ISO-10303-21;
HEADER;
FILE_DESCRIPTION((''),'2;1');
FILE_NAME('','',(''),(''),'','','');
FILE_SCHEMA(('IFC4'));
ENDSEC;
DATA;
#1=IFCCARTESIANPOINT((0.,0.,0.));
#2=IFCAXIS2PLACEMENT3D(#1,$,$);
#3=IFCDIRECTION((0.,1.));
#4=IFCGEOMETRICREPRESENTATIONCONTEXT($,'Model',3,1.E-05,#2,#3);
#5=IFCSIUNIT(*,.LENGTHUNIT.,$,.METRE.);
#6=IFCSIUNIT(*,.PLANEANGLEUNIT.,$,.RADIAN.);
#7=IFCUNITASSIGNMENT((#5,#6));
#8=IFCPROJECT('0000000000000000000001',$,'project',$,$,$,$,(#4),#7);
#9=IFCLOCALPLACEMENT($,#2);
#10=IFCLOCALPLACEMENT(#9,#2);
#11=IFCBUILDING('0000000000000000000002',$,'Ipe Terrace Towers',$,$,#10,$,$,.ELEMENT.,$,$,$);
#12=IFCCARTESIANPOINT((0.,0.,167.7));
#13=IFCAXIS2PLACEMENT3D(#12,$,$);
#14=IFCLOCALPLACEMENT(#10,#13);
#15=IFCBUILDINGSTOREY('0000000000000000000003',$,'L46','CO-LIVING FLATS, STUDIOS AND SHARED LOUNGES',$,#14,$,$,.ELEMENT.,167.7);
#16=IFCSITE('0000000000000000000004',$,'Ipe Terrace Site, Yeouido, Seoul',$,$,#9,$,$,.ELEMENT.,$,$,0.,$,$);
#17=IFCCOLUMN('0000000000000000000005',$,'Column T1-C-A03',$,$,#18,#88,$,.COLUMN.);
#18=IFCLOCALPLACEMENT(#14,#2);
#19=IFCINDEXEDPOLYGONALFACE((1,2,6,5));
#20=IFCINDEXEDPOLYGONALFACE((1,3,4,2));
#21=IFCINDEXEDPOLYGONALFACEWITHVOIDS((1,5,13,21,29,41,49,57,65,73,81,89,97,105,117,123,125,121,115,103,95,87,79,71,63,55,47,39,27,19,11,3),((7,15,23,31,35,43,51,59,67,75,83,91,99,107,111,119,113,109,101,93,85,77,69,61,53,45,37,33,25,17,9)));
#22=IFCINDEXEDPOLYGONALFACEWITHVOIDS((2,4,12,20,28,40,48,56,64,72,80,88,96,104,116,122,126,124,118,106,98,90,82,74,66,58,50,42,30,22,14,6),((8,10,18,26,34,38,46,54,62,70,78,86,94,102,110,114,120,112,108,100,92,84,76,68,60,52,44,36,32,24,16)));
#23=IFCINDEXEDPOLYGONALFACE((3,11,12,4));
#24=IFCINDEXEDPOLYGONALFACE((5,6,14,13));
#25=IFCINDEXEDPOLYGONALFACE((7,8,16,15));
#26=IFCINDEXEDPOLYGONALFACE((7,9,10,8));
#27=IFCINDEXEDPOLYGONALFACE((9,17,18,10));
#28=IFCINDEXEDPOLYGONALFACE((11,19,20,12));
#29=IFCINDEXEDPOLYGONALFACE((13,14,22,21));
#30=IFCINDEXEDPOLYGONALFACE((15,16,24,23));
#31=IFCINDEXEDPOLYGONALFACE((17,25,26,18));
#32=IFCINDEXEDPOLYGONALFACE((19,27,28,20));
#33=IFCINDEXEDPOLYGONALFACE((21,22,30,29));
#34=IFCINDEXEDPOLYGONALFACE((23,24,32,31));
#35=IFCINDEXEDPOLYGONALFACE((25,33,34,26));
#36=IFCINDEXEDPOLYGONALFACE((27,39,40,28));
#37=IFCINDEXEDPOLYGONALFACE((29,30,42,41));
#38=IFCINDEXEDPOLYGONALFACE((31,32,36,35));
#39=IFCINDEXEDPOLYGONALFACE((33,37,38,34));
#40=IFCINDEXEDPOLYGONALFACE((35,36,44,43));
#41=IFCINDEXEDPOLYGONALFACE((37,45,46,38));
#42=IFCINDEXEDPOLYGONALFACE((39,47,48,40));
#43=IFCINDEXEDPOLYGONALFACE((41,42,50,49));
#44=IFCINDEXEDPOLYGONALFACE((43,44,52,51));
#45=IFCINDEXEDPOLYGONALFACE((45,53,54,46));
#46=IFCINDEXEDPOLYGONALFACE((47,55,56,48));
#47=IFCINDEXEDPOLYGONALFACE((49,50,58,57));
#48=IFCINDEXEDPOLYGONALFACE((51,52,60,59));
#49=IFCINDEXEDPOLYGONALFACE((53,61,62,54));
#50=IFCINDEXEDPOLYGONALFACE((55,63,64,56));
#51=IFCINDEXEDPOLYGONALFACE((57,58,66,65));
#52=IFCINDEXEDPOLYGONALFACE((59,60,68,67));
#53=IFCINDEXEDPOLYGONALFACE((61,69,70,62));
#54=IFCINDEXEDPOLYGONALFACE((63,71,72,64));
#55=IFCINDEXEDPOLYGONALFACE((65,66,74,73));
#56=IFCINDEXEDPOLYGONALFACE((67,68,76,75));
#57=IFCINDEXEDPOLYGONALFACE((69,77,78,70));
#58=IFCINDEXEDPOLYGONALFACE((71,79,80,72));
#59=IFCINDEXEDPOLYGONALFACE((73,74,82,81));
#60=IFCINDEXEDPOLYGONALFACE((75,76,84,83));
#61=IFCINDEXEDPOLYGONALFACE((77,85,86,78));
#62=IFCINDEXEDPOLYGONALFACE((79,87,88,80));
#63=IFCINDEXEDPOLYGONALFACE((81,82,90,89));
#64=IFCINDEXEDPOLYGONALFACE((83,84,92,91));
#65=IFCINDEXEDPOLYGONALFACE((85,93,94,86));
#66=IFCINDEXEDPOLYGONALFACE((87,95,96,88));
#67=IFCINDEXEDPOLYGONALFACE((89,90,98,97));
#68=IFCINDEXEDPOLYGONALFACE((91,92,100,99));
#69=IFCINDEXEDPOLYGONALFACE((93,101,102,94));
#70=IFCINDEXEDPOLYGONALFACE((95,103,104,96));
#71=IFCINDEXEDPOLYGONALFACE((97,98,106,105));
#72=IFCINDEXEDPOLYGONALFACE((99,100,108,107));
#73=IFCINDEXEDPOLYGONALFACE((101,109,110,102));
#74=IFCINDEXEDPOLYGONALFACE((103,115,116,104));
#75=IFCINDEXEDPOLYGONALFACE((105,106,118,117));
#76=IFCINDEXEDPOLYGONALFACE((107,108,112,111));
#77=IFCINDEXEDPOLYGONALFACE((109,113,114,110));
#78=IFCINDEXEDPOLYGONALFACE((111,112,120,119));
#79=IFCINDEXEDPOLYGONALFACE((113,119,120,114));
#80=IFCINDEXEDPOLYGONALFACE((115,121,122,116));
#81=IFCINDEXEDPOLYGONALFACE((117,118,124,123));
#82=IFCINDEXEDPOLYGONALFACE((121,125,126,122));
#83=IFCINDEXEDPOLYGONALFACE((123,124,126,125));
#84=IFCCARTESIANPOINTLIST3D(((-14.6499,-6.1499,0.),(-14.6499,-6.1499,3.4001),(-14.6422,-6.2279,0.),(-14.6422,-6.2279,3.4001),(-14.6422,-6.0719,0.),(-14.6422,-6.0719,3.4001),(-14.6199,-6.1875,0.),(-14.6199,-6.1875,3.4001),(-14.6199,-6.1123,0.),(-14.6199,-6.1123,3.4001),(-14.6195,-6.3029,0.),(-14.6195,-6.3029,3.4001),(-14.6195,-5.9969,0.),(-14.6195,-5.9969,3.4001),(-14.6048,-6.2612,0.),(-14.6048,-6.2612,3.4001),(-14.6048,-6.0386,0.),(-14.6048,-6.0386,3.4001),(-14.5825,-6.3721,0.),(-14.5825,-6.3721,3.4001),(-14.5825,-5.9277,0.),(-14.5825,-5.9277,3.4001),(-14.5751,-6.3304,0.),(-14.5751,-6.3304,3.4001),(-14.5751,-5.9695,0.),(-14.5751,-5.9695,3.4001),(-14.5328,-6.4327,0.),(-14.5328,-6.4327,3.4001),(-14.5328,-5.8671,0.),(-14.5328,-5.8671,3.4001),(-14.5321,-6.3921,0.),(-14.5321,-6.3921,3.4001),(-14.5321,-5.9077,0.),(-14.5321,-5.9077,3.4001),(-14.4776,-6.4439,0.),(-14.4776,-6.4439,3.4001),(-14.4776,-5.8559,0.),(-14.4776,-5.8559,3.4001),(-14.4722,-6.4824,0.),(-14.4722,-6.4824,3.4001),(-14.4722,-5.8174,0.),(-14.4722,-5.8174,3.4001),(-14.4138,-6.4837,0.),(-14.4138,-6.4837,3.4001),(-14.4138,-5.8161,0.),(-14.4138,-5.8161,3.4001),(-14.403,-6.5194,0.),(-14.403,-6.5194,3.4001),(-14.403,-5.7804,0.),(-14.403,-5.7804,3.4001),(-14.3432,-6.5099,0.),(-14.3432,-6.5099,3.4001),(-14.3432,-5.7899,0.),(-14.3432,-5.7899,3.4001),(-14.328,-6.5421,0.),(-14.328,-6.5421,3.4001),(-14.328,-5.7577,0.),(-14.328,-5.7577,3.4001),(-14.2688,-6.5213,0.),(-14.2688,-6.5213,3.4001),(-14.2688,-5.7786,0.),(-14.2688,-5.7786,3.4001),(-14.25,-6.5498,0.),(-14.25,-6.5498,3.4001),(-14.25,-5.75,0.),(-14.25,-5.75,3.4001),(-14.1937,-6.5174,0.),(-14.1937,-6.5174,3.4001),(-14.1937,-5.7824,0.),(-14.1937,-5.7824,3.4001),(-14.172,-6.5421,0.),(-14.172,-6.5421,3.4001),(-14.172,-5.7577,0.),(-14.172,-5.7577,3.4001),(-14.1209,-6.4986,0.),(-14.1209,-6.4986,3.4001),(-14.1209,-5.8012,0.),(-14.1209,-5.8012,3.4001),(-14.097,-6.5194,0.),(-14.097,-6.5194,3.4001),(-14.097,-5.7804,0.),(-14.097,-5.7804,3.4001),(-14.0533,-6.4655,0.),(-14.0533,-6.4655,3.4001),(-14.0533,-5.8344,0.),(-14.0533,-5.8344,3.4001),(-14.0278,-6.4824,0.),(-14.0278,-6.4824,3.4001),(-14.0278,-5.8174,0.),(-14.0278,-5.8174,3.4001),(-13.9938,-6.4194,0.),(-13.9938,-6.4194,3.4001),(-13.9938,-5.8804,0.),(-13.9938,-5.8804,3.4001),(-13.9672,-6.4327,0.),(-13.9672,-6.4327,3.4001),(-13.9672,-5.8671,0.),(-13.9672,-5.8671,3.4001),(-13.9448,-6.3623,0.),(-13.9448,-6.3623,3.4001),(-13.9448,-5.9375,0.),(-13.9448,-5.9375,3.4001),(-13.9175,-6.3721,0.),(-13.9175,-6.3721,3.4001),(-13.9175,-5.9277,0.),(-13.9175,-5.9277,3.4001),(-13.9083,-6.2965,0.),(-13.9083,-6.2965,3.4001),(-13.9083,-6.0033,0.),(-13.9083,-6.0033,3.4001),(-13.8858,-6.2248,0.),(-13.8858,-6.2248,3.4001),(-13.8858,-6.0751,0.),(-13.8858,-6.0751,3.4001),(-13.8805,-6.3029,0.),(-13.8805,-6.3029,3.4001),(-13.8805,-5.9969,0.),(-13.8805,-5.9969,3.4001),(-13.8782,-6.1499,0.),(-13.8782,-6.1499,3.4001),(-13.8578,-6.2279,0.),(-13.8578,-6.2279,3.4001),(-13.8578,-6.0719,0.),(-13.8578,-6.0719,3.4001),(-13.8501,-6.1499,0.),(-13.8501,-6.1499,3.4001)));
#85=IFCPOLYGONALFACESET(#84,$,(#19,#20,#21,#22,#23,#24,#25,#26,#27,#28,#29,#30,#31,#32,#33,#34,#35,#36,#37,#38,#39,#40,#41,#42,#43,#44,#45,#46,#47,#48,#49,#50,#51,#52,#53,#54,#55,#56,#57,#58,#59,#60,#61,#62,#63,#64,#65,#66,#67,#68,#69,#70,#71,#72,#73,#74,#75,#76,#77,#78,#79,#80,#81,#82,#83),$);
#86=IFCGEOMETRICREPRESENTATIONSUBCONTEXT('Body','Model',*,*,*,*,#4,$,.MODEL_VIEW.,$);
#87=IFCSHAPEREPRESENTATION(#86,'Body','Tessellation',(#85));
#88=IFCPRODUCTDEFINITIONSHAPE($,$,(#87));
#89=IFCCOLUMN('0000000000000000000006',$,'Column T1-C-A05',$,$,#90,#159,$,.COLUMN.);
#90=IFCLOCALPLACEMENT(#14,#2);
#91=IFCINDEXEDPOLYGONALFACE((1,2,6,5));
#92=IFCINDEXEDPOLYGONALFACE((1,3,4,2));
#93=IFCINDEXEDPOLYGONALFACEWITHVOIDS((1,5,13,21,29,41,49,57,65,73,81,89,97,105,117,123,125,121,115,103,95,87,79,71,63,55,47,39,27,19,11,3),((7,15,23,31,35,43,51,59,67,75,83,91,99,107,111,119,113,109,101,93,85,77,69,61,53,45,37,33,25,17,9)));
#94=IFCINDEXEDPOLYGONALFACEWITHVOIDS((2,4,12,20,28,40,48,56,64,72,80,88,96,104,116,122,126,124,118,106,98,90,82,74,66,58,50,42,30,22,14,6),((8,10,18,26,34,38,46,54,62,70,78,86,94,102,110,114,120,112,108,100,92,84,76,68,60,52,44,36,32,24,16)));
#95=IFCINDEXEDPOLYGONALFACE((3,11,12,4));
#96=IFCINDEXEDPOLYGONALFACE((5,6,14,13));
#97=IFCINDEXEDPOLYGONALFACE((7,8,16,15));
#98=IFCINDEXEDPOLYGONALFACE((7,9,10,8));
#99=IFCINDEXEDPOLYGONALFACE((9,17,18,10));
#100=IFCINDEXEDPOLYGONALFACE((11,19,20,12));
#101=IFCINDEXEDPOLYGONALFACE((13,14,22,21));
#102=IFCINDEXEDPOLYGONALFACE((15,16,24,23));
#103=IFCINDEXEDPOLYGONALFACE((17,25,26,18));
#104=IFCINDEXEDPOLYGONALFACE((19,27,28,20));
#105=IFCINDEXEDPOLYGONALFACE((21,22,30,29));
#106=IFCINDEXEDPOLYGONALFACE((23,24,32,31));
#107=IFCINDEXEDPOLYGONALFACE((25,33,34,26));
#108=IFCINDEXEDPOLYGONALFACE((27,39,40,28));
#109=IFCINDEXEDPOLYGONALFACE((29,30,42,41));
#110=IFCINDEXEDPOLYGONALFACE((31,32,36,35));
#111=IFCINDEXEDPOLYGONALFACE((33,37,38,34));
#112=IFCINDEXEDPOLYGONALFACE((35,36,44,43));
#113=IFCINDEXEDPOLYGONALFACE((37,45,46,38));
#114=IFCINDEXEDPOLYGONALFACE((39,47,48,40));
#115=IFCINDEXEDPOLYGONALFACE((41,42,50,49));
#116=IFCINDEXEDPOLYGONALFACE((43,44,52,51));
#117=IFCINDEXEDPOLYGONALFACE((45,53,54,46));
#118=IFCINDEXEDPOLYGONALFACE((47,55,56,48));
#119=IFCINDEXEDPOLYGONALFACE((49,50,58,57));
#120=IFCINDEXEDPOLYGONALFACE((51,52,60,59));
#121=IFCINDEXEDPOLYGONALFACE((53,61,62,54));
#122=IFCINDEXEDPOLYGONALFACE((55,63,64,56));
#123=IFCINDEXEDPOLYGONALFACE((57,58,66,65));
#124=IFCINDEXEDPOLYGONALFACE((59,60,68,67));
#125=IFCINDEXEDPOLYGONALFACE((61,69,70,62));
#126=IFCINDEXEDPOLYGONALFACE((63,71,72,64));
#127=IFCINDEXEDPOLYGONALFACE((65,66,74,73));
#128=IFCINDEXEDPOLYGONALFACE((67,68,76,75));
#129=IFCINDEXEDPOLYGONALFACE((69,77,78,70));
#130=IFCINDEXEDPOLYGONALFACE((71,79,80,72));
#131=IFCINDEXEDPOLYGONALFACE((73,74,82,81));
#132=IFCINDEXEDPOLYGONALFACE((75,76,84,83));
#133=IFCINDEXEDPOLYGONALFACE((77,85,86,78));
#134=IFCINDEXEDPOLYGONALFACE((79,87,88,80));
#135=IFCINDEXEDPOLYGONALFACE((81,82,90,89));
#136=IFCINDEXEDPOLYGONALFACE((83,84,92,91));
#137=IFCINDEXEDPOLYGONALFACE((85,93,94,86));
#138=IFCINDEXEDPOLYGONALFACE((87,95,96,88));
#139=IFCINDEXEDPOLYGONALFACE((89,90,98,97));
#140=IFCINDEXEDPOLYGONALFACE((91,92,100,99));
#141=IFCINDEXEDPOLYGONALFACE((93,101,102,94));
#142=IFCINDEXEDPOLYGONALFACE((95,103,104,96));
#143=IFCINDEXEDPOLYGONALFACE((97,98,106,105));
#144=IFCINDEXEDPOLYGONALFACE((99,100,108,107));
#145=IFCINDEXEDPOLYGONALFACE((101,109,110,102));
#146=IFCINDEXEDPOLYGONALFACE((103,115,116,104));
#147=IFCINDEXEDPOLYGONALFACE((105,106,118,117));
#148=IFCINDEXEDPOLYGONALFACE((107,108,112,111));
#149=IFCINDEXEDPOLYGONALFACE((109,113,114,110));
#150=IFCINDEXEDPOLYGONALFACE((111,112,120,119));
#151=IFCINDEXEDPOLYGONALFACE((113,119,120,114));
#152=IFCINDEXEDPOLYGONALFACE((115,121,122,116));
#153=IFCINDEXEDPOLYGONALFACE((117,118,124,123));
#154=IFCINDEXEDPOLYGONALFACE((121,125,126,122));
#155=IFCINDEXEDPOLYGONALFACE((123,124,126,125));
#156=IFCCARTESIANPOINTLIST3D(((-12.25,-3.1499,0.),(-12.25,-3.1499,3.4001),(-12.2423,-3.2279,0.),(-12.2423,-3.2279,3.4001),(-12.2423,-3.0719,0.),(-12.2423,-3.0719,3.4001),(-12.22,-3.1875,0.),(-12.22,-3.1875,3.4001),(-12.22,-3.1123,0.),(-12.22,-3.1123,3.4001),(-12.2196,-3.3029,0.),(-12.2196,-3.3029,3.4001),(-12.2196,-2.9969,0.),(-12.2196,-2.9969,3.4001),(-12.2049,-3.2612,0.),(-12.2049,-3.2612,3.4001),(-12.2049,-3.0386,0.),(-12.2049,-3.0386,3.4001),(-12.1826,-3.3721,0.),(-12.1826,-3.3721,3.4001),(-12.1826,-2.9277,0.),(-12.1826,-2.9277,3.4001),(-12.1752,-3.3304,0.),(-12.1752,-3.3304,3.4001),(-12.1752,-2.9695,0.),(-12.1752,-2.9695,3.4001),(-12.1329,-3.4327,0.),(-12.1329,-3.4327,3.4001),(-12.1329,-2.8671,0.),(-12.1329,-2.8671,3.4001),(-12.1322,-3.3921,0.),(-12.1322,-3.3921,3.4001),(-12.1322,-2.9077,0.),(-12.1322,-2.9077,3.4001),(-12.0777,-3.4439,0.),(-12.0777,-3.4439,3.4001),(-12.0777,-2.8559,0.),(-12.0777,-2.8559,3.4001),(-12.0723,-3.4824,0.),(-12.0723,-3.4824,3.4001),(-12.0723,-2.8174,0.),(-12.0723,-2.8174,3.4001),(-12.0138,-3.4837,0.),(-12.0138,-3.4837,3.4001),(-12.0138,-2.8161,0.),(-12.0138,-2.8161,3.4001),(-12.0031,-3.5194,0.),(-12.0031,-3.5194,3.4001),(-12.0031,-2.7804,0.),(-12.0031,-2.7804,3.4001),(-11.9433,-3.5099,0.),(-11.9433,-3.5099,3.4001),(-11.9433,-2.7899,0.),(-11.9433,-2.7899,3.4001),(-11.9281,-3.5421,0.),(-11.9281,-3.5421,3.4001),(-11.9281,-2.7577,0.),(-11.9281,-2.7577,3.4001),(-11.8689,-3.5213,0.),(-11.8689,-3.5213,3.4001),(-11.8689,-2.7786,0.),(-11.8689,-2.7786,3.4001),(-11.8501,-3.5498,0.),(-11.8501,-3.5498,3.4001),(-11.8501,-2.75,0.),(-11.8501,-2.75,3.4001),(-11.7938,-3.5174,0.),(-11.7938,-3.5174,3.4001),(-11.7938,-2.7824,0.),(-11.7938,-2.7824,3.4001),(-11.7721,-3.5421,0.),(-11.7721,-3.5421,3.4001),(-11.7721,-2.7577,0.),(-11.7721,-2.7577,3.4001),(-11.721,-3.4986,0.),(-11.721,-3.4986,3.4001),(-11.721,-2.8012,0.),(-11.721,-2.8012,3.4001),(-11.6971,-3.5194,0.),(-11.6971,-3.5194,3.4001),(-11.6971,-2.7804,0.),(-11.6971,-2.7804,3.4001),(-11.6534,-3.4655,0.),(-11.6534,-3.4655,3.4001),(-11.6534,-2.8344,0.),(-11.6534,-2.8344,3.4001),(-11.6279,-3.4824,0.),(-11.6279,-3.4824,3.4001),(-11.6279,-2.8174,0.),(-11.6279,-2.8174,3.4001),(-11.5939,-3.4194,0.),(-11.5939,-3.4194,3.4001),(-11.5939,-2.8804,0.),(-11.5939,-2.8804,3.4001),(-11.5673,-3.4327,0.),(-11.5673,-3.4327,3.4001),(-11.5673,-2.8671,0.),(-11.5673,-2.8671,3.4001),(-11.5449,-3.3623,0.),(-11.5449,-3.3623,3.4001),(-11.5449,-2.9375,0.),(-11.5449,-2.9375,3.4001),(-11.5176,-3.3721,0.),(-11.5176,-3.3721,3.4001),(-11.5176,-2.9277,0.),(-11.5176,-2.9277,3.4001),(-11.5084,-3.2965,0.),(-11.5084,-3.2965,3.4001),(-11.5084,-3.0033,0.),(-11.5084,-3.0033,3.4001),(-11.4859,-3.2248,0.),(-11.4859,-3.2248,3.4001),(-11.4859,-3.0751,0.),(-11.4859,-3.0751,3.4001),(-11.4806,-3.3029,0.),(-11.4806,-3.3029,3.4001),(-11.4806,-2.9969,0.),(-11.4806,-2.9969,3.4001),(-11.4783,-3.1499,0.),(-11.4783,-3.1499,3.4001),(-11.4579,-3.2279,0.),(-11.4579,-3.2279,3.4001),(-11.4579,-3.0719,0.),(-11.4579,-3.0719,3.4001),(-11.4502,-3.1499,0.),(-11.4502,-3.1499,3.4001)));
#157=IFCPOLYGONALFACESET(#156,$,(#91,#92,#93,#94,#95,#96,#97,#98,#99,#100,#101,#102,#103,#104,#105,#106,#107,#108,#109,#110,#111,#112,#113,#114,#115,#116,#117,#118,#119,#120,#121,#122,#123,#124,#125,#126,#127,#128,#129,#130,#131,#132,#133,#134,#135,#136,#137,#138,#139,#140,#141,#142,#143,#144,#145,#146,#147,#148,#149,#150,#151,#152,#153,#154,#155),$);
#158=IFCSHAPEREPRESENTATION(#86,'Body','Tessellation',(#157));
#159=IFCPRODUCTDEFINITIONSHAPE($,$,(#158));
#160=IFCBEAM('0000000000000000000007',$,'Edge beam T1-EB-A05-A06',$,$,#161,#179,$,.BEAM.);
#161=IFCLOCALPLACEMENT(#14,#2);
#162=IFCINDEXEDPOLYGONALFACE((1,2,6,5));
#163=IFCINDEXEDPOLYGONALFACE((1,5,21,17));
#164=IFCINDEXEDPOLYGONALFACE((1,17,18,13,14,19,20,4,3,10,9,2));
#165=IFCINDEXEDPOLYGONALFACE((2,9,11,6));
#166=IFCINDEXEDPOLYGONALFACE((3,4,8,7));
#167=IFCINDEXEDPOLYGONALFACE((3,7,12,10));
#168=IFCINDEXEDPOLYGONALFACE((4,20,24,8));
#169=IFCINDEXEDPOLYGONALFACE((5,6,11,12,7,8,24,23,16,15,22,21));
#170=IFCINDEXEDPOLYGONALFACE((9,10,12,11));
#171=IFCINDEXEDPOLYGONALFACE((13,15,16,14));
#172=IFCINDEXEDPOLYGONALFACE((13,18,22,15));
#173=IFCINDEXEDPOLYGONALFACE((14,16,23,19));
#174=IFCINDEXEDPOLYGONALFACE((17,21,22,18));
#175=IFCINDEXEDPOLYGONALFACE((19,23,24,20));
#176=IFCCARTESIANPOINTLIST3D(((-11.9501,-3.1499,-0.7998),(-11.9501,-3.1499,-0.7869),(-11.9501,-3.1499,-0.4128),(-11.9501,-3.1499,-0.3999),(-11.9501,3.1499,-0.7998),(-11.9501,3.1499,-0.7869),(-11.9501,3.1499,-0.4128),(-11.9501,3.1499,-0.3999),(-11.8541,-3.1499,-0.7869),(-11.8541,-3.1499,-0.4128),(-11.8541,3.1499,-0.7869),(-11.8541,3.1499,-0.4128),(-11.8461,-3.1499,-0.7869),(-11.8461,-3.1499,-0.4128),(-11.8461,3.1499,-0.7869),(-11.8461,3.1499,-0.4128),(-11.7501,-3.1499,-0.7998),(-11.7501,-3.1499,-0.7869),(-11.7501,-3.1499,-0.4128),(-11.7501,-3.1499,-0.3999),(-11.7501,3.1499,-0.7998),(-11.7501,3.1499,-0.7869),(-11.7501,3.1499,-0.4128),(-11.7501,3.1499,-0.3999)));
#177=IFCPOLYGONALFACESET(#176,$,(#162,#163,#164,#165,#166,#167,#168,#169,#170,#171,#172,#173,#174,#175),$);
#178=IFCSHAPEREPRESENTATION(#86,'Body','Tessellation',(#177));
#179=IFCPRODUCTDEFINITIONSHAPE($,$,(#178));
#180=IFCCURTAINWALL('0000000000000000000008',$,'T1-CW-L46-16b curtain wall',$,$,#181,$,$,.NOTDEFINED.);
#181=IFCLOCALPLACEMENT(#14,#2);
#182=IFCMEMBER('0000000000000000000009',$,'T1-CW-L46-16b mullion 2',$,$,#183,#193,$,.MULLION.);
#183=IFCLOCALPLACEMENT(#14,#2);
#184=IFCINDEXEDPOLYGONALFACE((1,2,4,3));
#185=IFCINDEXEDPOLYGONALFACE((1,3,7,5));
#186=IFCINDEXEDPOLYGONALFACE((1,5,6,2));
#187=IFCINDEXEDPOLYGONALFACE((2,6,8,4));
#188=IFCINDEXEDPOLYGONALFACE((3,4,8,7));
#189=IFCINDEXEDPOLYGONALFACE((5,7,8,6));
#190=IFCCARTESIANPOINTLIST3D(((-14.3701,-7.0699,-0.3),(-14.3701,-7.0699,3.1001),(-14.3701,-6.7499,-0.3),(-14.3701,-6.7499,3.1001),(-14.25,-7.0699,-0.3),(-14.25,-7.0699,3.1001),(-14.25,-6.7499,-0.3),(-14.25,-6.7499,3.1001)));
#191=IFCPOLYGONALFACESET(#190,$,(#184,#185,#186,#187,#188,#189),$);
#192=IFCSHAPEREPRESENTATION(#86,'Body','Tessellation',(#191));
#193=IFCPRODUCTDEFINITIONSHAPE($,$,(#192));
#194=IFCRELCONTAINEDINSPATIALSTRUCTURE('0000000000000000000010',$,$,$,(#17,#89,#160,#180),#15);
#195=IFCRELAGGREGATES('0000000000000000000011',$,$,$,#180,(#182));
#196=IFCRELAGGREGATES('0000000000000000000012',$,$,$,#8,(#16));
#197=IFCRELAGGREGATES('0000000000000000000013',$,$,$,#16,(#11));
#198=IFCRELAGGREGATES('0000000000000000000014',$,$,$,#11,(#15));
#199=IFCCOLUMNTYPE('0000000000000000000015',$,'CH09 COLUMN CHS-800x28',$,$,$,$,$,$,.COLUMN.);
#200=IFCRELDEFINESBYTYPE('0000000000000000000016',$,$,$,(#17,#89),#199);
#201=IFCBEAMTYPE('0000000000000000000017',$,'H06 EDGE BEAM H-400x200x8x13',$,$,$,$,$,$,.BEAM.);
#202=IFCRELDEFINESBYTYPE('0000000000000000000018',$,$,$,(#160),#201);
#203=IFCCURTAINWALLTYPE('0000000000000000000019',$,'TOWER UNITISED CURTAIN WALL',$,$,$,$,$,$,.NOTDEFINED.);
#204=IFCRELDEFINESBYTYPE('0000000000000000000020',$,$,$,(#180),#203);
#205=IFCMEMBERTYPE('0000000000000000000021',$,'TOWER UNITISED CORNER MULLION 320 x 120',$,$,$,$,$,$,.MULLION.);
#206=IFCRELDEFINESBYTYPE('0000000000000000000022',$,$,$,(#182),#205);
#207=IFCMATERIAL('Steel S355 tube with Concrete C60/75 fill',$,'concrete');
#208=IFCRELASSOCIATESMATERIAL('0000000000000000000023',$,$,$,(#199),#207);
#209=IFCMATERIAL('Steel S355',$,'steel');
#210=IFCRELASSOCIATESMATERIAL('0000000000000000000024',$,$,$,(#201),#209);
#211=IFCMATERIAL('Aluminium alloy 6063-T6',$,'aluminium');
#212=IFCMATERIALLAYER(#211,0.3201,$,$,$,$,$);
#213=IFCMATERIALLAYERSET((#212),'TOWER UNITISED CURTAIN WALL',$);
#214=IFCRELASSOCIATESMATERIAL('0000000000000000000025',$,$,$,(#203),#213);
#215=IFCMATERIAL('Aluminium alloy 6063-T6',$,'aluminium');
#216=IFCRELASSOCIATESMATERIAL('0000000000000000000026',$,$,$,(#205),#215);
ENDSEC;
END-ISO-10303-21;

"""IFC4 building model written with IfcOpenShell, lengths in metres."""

from ifc_helpers import new_model, si_unit, direction, frame, origin, origin_2d, place, context, subcontext, project, spatial, rectangle, hollow_circle, i_section, extrude, material, layer, layer_set, material_profile, profile_set, type_object, element, aggregate, save


model = new_model("IFC4")

# Units and contexts
model_context = context("Model", 3, precision=1e-05, world=origin(), true_north=direction((0.0, 1.0)))
body_context = subcontext(model_context, "Body", "Model", "MODEL_VIEW")
ifc_project = project(units=[si_unit("LENGTHUNIT", "METRE"), si_unit("PLANEANGLEUNIT", "RADIAN")], contexts=[model_context])

# Site, building, storey
site_placement = place(None, origin())
site = spatial("IfcSite", under=ifc_project, at=site_placement, Name="Ipe Terrace Site, Yeouido, Seoul", CompositionType="ELEMENT", RefElevation=0.0)
building_placement = place(site_placement, origin())
building = spatial("IfcBuilding", under=site, at=building_placement, Name="Ipe Terrace Towers", CompositionType="ELEMENT")
storey_placement = place(building_placement, frame((0.0, 0.0, 167.7)))
storey = spatial("IfcBuildingStorey", under=building, at=storey_placement, Name="L46", Description="CO-LIVING FLATS, STUDIOS AND SHARED LOUNGES", CompositionType="ELEMENT", Elevation=167.7)

# Columns
ifc_material_1 = material(Name="Steel S355 tube with Concrete C60/75 fill", Category="concrete")
ifc_material_profile_1 = material_profile(ifc_material_1, hollow_circle(Radius=0.3999, WallThickness=0.0281, at=origin_2d()), Name="CHS-800x28")
ifc_profile_set_1 = profile_set([ifc_material_profile_1], Name="Steel S355 tube with Concrete C60/75 fill")
column_type = type_object("IfcColumnType", Name="CH09 COLUMN CHS-800x28", PredefinedType="COLUMN", material=ifc_profile_set_1)
for number, where, z_axis, x_axis, name in (
    (1, (-14.25, -6.1499, 0.0), (0.0, 0.0, 1.0), (1.0, 0.0, 0.0), "Column T1-C-A03"),
    (2, (-11.8501, -3.1499, 0.0), (0.0, 0.0, 1.0), (1.0, 0.0, 0.0), "Column T1-C-A05"),
):
    element("IfcColumn", number, at=place(storey_placement, frame(where, z_axis=z_axis, x_axis=x_axis)), inside=storey, type_object=column_type, Name=name, PredefinedType="COLUMN", context=body_context, shape_type="SweptSolid", body=[
        extrude(hollow_circle(Radius=0.3999, WallThickness=0.0281, at=origin_2d()), origin(), (0.0, 0.0, 1.0), 3.4001),
    ])

# Beam
ifc_material_2 = material(Name="Steel S355", Category="steel")
ifc_material_profile_2 = material_profile(ifc_material_2, i_section(OverallWidth=0.2, OverallDepth=0.3999, WebThickness=0.0081, FlangeThickness=0.0129, at=origin_2d()), Name="H-400x200x8x13")
ifc_profile_set_2 = profile_set([ifc_material_profile_2], Name="Steel S355")
beam_type = type_object("IfcBeamType", Name="H06 EDGE BEAM H-400x200x8x13", PredefinedType="BEAM", material=ifc_profile_set_2)
beam_placement = place(storey_placement, frame((-11.8501, -3.1499, -0.5999), z_axis=(0.0, 1.0, 0.0), x_axis=(-1.0, 0.0, 0.0)))
element("IfcBeam", 3, at=beam_placement, inside=storey, type_object=beam_type, Name="Edge beam T1-EB-A05-A06", PredefinedType="BEAM", context=body_context, shape_type="SweptSolid", body=[
    extrude(i_section(OverallWidth=0.2, OverallDepth=0.3999, WebThickness=0.0081, FlangeThickness=0.0129, at=origin_2d()), origin(), (0.0, 0.0, 1.0), 6.2998),
])

# Curtain wall, member
ifc_material_3 = material(Name="Aluminium alloy 6063-T6", Category="aluminium")
ifc_layer_1 = layer(ifc_material_3, 0.3201)
ifc_layer_set_1 = layer_set([ifc_layer_1], Name="TOWER UNITISED CURTAIN WALL")
curtain_wall_type = type_object("IfcCurtainWallType", Name="TOWER UNITISED CURTAIN WALL", PredefinedType="NOTDEFINED", material=ifc_layer_set_1)
curtain_wall_1_placement = place(storey_placement, origin())
curtain_wall_1 = element("IfcCurtainWall", 4, at=curtain_wall_1_placement, inside=storey, type_object=curtain_wall_type, Name="T1-CW-L46-16b curtain wall", PredefinedType="NOTDEFINED")
ifc_material_4 = material(Name="Aluminium alloy 6063-T6", Category="aluminium")
ifc_material_profile_3 = material_profile(ifc_material_4, rectangle(XDim=0.3201, YDim=0.1201, at=origin_2d()), Name="TOWER UNITISED CORNER MULLION 320 x 120")
ifc_profile_set_3 = profile_set([ifc_material_profile_3], Name="Aluminium alloy 6063-T6")
member_type_1 = type_object("IfcMemberType", Name="TOWER UNITISED CORNER MULLION 320 x 120", PredefinedType="MULLION", material=ifc_profile_set_3)
member_1_placement = place(storey_placement, frame((-14.3101, -6.9099, -0.3), z_axis=(0.0, 0.0, 1.0), x_axis=(0.0, -1.0, 0.0)))
member_1 = element("IfcMember", 5, at=member_1_placement, type_object=member_type_1, Name="T1-CW-L46-16b mullion 2", PredefinedType="MULLION", context=body_context, shape_type="SweptSolid", body=[
    extrude(rectangle(XDim=0.3201, YDim=0.1201, at=origin_2d()), origin(), (0.0, 0.0, 1.0), 3.4001),
])

aggregate(curtain_wall_1, [member_1])

save(model, "model.ifc")
